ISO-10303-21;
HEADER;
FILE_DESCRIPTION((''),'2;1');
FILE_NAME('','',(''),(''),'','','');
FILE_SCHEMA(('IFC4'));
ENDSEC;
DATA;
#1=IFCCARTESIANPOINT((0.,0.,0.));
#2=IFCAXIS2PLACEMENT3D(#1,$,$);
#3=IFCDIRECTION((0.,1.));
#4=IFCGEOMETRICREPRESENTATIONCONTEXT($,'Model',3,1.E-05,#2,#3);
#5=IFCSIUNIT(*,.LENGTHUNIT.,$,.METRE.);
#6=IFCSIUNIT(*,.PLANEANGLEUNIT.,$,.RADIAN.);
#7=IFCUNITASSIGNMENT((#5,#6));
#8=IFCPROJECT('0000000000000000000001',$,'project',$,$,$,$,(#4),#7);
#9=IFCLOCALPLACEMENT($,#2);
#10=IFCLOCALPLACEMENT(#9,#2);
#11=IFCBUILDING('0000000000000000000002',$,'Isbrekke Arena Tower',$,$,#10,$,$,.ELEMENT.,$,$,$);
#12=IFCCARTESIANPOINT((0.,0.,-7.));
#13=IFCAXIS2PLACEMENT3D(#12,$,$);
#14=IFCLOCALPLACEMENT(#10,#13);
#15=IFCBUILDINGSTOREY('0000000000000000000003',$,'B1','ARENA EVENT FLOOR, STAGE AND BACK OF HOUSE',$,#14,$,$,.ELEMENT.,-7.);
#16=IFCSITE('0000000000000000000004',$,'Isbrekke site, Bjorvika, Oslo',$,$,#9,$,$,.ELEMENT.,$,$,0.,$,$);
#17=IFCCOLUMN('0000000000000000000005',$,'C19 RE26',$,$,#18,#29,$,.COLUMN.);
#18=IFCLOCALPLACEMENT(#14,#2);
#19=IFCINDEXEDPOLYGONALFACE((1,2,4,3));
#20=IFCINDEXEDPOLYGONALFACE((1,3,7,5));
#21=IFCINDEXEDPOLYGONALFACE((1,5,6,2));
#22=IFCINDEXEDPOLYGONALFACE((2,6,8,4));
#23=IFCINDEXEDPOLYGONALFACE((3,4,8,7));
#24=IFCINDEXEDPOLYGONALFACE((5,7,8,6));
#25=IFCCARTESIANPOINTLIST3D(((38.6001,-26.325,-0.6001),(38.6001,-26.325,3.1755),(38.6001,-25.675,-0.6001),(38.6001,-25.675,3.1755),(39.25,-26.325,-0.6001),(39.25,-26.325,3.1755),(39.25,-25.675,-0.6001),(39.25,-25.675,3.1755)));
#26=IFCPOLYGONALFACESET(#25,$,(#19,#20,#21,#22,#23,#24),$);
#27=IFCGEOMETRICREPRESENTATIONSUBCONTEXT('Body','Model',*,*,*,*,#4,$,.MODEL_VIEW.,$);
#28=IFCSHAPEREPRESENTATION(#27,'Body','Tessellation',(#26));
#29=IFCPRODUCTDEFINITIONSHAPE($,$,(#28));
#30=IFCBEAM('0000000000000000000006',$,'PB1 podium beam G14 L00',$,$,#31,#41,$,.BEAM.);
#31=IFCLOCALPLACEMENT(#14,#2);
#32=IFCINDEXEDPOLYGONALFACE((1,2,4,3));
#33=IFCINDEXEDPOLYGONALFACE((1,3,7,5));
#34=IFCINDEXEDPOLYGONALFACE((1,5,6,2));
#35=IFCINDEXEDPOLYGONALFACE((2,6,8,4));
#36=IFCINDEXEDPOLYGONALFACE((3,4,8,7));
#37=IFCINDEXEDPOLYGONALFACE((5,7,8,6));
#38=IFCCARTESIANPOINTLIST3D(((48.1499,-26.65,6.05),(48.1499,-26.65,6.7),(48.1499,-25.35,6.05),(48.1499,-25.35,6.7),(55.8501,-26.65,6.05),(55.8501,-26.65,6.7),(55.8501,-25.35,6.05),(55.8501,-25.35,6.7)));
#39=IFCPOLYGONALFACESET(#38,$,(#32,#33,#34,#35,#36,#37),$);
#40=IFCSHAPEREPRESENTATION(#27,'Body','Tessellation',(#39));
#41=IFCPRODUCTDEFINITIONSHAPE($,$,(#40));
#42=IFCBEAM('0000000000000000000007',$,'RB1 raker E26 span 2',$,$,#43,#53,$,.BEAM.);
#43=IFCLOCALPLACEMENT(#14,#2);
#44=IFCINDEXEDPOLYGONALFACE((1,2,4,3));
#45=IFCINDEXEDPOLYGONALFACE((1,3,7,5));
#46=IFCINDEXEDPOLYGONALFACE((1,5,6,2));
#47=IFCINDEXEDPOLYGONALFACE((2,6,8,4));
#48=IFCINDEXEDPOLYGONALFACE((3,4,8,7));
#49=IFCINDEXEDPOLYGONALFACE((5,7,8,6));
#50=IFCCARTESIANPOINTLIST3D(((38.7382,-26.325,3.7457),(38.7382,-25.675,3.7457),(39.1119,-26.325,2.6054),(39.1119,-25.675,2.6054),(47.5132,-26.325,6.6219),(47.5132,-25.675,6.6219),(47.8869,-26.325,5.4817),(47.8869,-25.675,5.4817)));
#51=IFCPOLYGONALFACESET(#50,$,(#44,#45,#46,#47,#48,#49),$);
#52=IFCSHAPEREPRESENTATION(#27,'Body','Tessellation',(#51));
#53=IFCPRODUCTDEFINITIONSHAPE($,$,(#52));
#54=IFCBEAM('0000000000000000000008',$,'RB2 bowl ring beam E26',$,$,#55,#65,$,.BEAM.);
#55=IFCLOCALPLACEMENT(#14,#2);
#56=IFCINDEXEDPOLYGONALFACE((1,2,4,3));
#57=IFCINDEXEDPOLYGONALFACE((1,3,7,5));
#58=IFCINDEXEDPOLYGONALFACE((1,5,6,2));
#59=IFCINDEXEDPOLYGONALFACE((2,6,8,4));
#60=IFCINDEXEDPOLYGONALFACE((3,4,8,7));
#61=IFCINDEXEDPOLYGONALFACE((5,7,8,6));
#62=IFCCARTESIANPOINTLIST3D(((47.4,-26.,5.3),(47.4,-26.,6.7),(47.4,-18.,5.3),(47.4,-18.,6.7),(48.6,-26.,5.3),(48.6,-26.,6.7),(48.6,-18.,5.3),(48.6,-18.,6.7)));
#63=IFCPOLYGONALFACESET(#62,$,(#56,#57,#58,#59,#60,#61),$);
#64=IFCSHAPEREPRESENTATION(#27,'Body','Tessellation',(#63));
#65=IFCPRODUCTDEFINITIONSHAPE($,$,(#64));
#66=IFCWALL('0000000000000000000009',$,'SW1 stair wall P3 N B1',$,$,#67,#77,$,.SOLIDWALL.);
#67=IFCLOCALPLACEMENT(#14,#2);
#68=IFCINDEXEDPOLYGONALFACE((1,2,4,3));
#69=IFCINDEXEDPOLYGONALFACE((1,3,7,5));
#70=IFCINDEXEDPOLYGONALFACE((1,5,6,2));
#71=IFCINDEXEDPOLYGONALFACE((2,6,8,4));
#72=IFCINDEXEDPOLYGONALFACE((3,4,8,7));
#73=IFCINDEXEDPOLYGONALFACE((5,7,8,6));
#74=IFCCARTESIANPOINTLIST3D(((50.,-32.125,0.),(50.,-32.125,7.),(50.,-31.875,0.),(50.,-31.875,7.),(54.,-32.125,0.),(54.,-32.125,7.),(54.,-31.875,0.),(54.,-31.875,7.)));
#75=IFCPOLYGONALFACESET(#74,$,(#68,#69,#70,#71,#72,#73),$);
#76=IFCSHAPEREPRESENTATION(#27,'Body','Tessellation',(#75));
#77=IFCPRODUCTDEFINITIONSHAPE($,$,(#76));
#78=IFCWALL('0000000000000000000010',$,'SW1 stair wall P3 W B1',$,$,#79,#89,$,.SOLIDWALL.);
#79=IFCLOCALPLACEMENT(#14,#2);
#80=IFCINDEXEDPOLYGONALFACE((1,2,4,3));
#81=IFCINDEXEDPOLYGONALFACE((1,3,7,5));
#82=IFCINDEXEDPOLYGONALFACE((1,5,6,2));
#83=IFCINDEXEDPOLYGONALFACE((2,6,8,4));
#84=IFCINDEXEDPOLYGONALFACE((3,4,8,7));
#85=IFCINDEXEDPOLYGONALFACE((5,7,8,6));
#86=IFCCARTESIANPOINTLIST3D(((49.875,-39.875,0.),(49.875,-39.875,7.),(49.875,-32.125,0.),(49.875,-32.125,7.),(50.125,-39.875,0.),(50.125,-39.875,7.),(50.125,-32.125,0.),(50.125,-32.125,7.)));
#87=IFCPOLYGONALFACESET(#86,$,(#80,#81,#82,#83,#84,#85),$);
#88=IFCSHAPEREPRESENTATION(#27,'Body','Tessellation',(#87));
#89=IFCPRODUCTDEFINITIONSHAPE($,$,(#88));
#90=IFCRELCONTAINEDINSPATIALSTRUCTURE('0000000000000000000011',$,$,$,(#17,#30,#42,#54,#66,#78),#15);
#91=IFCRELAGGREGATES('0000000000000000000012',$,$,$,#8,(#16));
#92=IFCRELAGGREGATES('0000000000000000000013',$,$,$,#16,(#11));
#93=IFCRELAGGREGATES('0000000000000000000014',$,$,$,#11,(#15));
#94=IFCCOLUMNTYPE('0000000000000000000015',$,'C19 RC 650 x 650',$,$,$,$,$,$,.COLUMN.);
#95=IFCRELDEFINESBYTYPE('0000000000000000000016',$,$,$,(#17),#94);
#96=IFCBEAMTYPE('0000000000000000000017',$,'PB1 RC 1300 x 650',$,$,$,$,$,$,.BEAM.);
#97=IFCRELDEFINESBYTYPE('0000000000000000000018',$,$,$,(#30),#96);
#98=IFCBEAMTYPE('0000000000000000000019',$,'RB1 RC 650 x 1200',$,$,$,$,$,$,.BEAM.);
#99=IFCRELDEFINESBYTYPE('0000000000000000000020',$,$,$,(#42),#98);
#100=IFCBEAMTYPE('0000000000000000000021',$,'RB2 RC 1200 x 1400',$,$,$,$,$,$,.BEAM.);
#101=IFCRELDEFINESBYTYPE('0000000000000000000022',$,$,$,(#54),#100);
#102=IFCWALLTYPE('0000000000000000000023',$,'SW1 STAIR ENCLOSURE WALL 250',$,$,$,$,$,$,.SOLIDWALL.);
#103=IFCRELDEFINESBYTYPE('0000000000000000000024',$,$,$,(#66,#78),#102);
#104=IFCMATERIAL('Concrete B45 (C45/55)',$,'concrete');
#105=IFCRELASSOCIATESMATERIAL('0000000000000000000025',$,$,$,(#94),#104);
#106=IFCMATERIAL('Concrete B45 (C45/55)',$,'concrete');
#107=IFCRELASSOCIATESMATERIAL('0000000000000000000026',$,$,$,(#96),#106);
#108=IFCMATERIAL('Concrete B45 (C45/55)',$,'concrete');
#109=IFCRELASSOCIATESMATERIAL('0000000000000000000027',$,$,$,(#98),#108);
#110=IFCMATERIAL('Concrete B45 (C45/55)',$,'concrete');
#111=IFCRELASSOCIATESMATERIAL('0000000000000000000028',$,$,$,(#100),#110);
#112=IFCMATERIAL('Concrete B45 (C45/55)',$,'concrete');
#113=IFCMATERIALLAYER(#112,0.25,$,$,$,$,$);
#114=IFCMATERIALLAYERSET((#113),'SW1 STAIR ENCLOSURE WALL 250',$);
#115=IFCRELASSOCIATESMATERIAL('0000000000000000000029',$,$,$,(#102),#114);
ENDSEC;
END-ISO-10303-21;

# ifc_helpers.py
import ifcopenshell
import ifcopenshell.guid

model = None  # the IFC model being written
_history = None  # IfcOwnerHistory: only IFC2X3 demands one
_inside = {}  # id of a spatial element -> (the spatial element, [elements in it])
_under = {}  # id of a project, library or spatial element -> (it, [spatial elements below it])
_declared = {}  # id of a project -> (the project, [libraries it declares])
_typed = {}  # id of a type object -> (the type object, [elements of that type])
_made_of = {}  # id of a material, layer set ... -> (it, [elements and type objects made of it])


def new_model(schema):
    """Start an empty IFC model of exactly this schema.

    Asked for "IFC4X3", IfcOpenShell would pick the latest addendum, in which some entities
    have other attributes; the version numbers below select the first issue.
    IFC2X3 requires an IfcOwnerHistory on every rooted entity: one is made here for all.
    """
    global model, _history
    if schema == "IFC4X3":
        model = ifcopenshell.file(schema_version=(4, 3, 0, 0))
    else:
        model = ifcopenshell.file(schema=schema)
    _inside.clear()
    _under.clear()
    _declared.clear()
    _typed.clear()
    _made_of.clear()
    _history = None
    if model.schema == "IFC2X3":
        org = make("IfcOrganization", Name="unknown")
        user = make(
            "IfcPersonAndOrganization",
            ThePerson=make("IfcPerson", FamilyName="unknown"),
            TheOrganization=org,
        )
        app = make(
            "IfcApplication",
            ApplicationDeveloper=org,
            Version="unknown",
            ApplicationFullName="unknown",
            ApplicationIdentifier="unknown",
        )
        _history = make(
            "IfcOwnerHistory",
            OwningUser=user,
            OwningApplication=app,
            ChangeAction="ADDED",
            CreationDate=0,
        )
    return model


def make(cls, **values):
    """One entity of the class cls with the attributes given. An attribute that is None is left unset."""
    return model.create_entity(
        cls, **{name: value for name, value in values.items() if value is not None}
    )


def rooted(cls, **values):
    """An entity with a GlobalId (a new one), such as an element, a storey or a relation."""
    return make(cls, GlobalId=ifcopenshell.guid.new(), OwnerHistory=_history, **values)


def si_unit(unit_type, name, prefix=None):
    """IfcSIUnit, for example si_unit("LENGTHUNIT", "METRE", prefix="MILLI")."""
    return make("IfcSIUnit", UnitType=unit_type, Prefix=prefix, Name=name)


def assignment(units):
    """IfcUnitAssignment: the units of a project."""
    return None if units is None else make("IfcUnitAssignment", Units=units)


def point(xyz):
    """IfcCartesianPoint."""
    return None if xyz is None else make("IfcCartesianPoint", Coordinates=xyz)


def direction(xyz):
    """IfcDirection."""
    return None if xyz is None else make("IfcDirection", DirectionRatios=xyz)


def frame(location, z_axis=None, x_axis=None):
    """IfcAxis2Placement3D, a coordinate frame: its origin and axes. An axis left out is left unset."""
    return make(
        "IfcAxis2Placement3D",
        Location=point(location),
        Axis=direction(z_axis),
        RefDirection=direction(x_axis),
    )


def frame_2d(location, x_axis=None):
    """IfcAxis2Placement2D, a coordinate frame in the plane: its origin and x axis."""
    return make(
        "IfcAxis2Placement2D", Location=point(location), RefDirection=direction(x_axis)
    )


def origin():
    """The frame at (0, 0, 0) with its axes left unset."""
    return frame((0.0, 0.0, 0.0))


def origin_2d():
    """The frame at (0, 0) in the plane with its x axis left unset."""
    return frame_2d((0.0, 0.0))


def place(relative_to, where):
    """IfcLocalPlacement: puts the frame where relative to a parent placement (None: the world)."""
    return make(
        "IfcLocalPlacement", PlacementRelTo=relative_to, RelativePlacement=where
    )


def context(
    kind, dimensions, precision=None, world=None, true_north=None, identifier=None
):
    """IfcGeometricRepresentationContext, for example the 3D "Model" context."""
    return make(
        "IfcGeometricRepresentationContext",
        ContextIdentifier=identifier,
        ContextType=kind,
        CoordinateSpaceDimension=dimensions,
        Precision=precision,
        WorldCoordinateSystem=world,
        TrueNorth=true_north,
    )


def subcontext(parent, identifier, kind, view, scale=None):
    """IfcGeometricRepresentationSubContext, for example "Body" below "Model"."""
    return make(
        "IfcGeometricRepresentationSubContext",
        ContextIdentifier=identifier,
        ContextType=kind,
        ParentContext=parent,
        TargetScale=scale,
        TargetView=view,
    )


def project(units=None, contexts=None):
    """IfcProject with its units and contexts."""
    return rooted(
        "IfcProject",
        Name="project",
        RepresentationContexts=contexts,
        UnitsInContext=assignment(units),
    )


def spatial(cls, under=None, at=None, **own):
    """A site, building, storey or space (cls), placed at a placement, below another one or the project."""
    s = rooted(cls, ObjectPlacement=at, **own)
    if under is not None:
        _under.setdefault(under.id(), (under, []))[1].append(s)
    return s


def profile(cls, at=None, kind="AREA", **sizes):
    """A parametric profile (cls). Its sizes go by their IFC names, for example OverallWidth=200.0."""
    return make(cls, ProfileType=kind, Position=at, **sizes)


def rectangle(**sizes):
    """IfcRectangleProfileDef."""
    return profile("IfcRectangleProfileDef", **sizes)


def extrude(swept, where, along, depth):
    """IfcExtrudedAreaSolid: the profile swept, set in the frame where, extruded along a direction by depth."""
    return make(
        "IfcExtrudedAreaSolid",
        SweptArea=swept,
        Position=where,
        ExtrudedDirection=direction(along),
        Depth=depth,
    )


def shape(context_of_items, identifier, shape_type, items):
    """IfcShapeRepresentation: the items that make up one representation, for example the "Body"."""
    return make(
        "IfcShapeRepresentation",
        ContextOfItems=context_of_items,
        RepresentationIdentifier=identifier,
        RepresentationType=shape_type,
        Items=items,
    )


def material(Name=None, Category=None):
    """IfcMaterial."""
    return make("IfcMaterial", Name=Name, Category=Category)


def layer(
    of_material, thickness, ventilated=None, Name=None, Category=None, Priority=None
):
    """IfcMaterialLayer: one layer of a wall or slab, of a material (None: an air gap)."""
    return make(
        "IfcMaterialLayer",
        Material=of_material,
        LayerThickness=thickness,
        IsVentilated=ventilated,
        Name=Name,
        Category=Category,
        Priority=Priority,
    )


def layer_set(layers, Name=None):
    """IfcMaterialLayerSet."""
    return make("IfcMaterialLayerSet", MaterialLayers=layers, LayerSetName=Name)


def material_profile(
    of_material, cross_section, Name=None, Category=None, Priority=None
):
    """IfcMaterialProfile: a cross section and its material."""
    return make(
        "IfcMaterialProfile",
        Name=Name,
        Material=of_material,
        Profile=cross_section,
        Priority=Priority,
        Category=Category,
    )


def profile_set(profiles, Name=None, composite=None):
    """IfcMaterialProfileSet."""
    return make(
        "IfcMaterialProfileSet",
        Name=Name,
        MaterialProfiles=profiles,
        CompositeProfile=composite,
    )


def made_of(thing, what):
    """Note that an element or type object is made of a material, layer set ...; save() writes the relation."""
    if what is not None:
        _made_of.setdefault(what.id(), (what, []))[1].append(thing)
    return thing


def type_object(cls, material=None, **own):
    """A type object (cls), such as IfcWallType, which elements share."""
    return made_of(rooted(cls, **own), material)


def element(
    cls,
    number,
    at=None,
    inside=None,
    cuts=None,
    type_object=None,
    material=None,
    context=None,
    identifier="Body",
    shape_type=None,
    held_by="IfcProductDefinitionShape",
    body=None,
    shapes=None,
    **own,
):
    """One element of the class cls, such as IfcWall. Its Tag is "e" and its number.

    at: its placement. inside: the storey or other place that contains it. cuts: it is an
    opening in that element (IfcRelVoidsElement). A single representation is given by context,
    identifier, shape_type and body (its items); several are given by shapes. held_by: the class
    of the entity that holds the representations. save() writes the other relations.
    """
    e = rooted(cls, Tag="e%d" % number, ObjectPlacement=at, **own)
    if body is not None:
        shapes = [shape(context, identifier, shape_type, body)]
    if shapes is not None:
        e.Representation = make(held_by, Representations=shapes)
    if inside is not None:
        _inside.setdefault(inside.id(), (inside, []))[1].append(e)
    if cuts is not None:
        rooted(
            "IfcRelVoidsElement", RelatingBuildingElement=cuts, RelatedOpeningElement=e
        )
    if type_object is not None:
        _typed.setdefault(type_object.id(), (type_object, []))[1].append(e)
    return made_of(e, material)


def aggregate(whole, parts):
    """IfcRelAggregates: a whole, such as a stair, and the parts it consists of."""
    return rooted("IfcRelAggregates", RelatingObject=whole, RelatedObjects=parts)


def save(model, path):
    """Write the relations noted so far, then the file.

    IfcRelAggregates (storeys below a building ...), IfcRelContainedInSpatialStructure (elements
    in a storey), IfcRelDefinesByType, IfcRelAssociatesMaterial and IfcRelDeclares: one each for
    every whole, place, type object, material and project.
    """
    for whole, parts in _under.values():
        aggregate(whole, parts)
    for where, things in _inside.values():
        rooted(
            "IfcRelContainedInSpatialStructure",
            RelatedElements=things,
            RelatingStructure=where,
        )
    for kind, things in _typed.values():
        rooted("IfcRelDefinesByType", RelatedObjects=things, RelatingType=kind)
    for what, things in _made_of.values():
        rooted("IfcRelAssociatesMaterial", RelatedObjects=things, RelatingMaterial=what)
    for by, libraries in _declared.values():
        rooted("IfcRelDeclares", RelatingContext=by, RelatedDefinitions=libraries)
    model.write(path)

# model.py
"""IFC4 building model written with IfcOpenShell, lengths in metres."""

from ifc_helpers import new_model, si_unit, direction, frame, frame_2d, origin, origin_2d, place, context, subcontext, project, spatial, rectangle, extrude, material, layer, layer_set, material_profile, profile_set, type_object, element, save


model = new_model("IFC4")

# Units and contexts
model_context = context("Model", 3, precision=1e-05, world=origin(), true_north=direction((0.0, 1.0)))
body_context = subcontext(model_context, "Body", "Model", "MODEL_VIEW")
ifc_project = project(units=[si_unit("LENGTHUNIT", "METRE"), si_unit("PLANEANGLEUNIT", "RADIAN")], contexts=[model_context])

# Site, building, storey
site_placement = place(None, origin())
site = spatial("IfcSite", under=ifc_project, at=site_placement, Name="Isbrekke site, Bjorvika, Oslo", CompositionType="ELEMENT", RefElevation=0.0)
building_placement = place(site_placement, origin())
building = spatial("IfcBuilding", under=site, at=building_placement, Name="Isbrekke Arena Tower", CompositionType="ELEMENT")
storey_placement = place(building_placement, frame((0.0, 0.0, -7.0)))
storey = spatial("IfcBuildingStorey", under=building, at=storey_placement, Name="B1", Description="ARENA EVENT FLOOR, STAGE AND BACK OF HOUSE", CompositionType="ELEMENT", Elevation=-7.0)

# Column
ifc_material_1 = material(Name="Concrete B45 (C45/55)", Category="concrete")
ifc_material_profile_1 = material_profile(ifc_material_1, rectangle(XDim=0.6499, YDim=0.6499, at=origin_2d()), Name="RC 650x650")
ifc_profile_set_1 = profile_set([ifc_material_profile_1], Name="Concrete B45 (C45/55)")
column_type_1 = type_object("IfcColumnType", Name="C19 RC 650 x 650", PredefinedType="COLUMN", material=ifc_profile_set_1)
column_1_placement = place(storey_placement, frame((38.925, -26.0, -0.6001), z_axis=(0.0, 0.0, 1.0), x_axis=(1.0, 0.0, 0.0)))
element("IfcColumn", 1, at=column_1_placement, inside=storey, type_object=column_type_1, Name="C19 RE26", PredefinedType="COLUMN", context=body_context, shape_type="SweptSolid", body=[
    extrude(rectangle(XDim=0.6499, YDim=0.6499, at=origin_2d()), origin(), (0.0, 0.0, 1.0), 3.7756),
])

# Beams
ifc_material_2 = material(Name="Concrete B45 (C45/55)", Category="concrete")
ifc_material_profile_2 = material_profile(ifc_material_2, rectangle(XDim=1.3, YDim=0.6499, at=origin_2d()), Name="RC 1300x650")
ifc_profile_set_2 = profile_set([ifc_material_profile_2], Name="Concrete B45 (C45/55)")
beam_type_1 = type_object("IfcBeamType", Name="PB1 RC 1300 x 650", PredefinedType="BEAM", material=ifc_profile_set_2)
beam_1_placement = place(storey_placement, frame((48.1499, -26.0, 6.375), z_axis=(1.0, 0.0, 0.0), x_axis=(0.0, 1.0, 0.0)))
element("IfcBeam", 2, at=beam_1_placement, inside=storey, type_object=beam_type_1, Name="PB1 podium beam G14 L00", PredefinedType="BEAM", context=body_context, shape_type="SweptSolid", body=[
    extrude(rectangle(XDim=1.3, YDim=0.6499, at=origin_2d()), origin(), (0.0, 0.0, 1.0), 7.7002),
])
ifc_material_3 = material(Name="Concrete B45 (C45/55)", Category="concrete")
ifc_material_profile_3 = material_profile(ifc_material_3, rectangle(XDim=0.6499, YDim=1.2, at=origin_2d()), Name="RC 650x1200")
ifc_profile_set_3 = profile_set([ifc_material_profile_3], Name="Concrete B45 (C45/55)")
beam_type_2 = type_object("IfcBeamType", Name="RB1 RC 650 x 1200", PredefinedType="BEAM", material=ifc_profile_set_3)
beam_2_placement = place(storey_placement, frame((38.925, -26.0, 3.1755), z_axis=(0.950255, 0.0, 0.311473), x_axis=(0.0, 1.0, 0.0)))
element("IfcBeam", 3, at=beam_2_placement, inside=storey, type_object=beam_type_2, Name="RB1 raker E26 span 2", PredefinedType="BEAM", context=body_context, shape_type="SweptSolid", body=[
    extrude(rectangle(XDim=0.6499, YDim=1.2, at=origin_2d()), origin(), (0.0, 0.0, 1.0), 9.2344),
])
ifc_material_4 = material(Name="Concrete B45 (C45/55)", Category="concrete")
ifc_material_profile_4 = material_profile(ifc_material_4, rectangle(XDim=1.2, YDim=1.3999, at=origin_2d()), Name="RC 1200x1400")
ifc_profile_set_4 = profile_set([ifc_material_profile_4], Name="Concrete B45 (C45/55)")
beam_type_3 = type_object("IfcBeamType", Name="RB2 RC 1200 x 1400", PredefinedType="BEAM", material=ifc_profile_set_4)
beam_3_placement = place(storey_placement, frame((48.0, -26.0, 6.0), z_axis=(0.0, 1.0, 0.0), x_axis=(-1.0, 0.0, 0.0)))
element("IfcBeam", 4, at=beam_3_placement, inside=storey, type_object=beam_type_3, Name="RB2 bowl ring beam E26", PredefinedType="BEAM", context=body_context, shape_type="SweptSolid", body=[
    extrude(rectangle(XDim=1.2, YDim=1.3999, at=origin_2d()), origin(), (0.0, 0.0, 1.0), 8.0),
])

# Walls
ifc_material_5 = material(Name="Concrete B45 (C45/55)", Category="concrete")
ifc_layer = layer(ifc_material_5, 0.25)
ifc_layer_set = layer_set([ifc_layer], Name="SW1 STAIR ENCLOSURE WALL 250")
wall_type = type_object("IfcWallType", Name="SW1 STAIR ENCLOSURE WALL 250", PredefinedType="SOLIDWALL", material=ifc_layer_set)
wall_1_placement = place(storey_placement, frame((54.0, -32.0, 0.0), z_axis=(0.0, 0.0, 1.0), x_axis=(-1.0, 0.0, 0.0)))
element("IfcWall", 5, at=wall_1_placement, inside=storey, type_object=wall_type, Name="SW1 stair wall P3 N B1", PredefinedType="SOLIDWALL", context=body_context, shape_type="SweptSolid", body=[
    extrude(rectangle(XDim=4.0, YDim=0.25, at=frame_2d((2.0, 0.0))), origin(), (0.0, 0.0, 1.0), 7.0),
])
wall_2_placement = place(storey_placement, frame((50.0, -32.125, 0.0), z_axis=(0.0, 0.0, 1.0), x_axis=(0.0, -1.0, 0.0)))
element("IfcWall", 6, at=wall_2_placement, inside=storey, type_object=wall_type, Name="SW1 stair wall P3 W B1", PredefinedType="SOLIDWALL", context=body_context, shape_type="SweptSolid", body=[
    extrude(rectangle(XDim=7.75, YDim=0.25, at=frame_2d((3.875, 0.0))), origin(), (0.0, 0.0, 1.0), 7.0),
])

save(model, "model.ifc")
